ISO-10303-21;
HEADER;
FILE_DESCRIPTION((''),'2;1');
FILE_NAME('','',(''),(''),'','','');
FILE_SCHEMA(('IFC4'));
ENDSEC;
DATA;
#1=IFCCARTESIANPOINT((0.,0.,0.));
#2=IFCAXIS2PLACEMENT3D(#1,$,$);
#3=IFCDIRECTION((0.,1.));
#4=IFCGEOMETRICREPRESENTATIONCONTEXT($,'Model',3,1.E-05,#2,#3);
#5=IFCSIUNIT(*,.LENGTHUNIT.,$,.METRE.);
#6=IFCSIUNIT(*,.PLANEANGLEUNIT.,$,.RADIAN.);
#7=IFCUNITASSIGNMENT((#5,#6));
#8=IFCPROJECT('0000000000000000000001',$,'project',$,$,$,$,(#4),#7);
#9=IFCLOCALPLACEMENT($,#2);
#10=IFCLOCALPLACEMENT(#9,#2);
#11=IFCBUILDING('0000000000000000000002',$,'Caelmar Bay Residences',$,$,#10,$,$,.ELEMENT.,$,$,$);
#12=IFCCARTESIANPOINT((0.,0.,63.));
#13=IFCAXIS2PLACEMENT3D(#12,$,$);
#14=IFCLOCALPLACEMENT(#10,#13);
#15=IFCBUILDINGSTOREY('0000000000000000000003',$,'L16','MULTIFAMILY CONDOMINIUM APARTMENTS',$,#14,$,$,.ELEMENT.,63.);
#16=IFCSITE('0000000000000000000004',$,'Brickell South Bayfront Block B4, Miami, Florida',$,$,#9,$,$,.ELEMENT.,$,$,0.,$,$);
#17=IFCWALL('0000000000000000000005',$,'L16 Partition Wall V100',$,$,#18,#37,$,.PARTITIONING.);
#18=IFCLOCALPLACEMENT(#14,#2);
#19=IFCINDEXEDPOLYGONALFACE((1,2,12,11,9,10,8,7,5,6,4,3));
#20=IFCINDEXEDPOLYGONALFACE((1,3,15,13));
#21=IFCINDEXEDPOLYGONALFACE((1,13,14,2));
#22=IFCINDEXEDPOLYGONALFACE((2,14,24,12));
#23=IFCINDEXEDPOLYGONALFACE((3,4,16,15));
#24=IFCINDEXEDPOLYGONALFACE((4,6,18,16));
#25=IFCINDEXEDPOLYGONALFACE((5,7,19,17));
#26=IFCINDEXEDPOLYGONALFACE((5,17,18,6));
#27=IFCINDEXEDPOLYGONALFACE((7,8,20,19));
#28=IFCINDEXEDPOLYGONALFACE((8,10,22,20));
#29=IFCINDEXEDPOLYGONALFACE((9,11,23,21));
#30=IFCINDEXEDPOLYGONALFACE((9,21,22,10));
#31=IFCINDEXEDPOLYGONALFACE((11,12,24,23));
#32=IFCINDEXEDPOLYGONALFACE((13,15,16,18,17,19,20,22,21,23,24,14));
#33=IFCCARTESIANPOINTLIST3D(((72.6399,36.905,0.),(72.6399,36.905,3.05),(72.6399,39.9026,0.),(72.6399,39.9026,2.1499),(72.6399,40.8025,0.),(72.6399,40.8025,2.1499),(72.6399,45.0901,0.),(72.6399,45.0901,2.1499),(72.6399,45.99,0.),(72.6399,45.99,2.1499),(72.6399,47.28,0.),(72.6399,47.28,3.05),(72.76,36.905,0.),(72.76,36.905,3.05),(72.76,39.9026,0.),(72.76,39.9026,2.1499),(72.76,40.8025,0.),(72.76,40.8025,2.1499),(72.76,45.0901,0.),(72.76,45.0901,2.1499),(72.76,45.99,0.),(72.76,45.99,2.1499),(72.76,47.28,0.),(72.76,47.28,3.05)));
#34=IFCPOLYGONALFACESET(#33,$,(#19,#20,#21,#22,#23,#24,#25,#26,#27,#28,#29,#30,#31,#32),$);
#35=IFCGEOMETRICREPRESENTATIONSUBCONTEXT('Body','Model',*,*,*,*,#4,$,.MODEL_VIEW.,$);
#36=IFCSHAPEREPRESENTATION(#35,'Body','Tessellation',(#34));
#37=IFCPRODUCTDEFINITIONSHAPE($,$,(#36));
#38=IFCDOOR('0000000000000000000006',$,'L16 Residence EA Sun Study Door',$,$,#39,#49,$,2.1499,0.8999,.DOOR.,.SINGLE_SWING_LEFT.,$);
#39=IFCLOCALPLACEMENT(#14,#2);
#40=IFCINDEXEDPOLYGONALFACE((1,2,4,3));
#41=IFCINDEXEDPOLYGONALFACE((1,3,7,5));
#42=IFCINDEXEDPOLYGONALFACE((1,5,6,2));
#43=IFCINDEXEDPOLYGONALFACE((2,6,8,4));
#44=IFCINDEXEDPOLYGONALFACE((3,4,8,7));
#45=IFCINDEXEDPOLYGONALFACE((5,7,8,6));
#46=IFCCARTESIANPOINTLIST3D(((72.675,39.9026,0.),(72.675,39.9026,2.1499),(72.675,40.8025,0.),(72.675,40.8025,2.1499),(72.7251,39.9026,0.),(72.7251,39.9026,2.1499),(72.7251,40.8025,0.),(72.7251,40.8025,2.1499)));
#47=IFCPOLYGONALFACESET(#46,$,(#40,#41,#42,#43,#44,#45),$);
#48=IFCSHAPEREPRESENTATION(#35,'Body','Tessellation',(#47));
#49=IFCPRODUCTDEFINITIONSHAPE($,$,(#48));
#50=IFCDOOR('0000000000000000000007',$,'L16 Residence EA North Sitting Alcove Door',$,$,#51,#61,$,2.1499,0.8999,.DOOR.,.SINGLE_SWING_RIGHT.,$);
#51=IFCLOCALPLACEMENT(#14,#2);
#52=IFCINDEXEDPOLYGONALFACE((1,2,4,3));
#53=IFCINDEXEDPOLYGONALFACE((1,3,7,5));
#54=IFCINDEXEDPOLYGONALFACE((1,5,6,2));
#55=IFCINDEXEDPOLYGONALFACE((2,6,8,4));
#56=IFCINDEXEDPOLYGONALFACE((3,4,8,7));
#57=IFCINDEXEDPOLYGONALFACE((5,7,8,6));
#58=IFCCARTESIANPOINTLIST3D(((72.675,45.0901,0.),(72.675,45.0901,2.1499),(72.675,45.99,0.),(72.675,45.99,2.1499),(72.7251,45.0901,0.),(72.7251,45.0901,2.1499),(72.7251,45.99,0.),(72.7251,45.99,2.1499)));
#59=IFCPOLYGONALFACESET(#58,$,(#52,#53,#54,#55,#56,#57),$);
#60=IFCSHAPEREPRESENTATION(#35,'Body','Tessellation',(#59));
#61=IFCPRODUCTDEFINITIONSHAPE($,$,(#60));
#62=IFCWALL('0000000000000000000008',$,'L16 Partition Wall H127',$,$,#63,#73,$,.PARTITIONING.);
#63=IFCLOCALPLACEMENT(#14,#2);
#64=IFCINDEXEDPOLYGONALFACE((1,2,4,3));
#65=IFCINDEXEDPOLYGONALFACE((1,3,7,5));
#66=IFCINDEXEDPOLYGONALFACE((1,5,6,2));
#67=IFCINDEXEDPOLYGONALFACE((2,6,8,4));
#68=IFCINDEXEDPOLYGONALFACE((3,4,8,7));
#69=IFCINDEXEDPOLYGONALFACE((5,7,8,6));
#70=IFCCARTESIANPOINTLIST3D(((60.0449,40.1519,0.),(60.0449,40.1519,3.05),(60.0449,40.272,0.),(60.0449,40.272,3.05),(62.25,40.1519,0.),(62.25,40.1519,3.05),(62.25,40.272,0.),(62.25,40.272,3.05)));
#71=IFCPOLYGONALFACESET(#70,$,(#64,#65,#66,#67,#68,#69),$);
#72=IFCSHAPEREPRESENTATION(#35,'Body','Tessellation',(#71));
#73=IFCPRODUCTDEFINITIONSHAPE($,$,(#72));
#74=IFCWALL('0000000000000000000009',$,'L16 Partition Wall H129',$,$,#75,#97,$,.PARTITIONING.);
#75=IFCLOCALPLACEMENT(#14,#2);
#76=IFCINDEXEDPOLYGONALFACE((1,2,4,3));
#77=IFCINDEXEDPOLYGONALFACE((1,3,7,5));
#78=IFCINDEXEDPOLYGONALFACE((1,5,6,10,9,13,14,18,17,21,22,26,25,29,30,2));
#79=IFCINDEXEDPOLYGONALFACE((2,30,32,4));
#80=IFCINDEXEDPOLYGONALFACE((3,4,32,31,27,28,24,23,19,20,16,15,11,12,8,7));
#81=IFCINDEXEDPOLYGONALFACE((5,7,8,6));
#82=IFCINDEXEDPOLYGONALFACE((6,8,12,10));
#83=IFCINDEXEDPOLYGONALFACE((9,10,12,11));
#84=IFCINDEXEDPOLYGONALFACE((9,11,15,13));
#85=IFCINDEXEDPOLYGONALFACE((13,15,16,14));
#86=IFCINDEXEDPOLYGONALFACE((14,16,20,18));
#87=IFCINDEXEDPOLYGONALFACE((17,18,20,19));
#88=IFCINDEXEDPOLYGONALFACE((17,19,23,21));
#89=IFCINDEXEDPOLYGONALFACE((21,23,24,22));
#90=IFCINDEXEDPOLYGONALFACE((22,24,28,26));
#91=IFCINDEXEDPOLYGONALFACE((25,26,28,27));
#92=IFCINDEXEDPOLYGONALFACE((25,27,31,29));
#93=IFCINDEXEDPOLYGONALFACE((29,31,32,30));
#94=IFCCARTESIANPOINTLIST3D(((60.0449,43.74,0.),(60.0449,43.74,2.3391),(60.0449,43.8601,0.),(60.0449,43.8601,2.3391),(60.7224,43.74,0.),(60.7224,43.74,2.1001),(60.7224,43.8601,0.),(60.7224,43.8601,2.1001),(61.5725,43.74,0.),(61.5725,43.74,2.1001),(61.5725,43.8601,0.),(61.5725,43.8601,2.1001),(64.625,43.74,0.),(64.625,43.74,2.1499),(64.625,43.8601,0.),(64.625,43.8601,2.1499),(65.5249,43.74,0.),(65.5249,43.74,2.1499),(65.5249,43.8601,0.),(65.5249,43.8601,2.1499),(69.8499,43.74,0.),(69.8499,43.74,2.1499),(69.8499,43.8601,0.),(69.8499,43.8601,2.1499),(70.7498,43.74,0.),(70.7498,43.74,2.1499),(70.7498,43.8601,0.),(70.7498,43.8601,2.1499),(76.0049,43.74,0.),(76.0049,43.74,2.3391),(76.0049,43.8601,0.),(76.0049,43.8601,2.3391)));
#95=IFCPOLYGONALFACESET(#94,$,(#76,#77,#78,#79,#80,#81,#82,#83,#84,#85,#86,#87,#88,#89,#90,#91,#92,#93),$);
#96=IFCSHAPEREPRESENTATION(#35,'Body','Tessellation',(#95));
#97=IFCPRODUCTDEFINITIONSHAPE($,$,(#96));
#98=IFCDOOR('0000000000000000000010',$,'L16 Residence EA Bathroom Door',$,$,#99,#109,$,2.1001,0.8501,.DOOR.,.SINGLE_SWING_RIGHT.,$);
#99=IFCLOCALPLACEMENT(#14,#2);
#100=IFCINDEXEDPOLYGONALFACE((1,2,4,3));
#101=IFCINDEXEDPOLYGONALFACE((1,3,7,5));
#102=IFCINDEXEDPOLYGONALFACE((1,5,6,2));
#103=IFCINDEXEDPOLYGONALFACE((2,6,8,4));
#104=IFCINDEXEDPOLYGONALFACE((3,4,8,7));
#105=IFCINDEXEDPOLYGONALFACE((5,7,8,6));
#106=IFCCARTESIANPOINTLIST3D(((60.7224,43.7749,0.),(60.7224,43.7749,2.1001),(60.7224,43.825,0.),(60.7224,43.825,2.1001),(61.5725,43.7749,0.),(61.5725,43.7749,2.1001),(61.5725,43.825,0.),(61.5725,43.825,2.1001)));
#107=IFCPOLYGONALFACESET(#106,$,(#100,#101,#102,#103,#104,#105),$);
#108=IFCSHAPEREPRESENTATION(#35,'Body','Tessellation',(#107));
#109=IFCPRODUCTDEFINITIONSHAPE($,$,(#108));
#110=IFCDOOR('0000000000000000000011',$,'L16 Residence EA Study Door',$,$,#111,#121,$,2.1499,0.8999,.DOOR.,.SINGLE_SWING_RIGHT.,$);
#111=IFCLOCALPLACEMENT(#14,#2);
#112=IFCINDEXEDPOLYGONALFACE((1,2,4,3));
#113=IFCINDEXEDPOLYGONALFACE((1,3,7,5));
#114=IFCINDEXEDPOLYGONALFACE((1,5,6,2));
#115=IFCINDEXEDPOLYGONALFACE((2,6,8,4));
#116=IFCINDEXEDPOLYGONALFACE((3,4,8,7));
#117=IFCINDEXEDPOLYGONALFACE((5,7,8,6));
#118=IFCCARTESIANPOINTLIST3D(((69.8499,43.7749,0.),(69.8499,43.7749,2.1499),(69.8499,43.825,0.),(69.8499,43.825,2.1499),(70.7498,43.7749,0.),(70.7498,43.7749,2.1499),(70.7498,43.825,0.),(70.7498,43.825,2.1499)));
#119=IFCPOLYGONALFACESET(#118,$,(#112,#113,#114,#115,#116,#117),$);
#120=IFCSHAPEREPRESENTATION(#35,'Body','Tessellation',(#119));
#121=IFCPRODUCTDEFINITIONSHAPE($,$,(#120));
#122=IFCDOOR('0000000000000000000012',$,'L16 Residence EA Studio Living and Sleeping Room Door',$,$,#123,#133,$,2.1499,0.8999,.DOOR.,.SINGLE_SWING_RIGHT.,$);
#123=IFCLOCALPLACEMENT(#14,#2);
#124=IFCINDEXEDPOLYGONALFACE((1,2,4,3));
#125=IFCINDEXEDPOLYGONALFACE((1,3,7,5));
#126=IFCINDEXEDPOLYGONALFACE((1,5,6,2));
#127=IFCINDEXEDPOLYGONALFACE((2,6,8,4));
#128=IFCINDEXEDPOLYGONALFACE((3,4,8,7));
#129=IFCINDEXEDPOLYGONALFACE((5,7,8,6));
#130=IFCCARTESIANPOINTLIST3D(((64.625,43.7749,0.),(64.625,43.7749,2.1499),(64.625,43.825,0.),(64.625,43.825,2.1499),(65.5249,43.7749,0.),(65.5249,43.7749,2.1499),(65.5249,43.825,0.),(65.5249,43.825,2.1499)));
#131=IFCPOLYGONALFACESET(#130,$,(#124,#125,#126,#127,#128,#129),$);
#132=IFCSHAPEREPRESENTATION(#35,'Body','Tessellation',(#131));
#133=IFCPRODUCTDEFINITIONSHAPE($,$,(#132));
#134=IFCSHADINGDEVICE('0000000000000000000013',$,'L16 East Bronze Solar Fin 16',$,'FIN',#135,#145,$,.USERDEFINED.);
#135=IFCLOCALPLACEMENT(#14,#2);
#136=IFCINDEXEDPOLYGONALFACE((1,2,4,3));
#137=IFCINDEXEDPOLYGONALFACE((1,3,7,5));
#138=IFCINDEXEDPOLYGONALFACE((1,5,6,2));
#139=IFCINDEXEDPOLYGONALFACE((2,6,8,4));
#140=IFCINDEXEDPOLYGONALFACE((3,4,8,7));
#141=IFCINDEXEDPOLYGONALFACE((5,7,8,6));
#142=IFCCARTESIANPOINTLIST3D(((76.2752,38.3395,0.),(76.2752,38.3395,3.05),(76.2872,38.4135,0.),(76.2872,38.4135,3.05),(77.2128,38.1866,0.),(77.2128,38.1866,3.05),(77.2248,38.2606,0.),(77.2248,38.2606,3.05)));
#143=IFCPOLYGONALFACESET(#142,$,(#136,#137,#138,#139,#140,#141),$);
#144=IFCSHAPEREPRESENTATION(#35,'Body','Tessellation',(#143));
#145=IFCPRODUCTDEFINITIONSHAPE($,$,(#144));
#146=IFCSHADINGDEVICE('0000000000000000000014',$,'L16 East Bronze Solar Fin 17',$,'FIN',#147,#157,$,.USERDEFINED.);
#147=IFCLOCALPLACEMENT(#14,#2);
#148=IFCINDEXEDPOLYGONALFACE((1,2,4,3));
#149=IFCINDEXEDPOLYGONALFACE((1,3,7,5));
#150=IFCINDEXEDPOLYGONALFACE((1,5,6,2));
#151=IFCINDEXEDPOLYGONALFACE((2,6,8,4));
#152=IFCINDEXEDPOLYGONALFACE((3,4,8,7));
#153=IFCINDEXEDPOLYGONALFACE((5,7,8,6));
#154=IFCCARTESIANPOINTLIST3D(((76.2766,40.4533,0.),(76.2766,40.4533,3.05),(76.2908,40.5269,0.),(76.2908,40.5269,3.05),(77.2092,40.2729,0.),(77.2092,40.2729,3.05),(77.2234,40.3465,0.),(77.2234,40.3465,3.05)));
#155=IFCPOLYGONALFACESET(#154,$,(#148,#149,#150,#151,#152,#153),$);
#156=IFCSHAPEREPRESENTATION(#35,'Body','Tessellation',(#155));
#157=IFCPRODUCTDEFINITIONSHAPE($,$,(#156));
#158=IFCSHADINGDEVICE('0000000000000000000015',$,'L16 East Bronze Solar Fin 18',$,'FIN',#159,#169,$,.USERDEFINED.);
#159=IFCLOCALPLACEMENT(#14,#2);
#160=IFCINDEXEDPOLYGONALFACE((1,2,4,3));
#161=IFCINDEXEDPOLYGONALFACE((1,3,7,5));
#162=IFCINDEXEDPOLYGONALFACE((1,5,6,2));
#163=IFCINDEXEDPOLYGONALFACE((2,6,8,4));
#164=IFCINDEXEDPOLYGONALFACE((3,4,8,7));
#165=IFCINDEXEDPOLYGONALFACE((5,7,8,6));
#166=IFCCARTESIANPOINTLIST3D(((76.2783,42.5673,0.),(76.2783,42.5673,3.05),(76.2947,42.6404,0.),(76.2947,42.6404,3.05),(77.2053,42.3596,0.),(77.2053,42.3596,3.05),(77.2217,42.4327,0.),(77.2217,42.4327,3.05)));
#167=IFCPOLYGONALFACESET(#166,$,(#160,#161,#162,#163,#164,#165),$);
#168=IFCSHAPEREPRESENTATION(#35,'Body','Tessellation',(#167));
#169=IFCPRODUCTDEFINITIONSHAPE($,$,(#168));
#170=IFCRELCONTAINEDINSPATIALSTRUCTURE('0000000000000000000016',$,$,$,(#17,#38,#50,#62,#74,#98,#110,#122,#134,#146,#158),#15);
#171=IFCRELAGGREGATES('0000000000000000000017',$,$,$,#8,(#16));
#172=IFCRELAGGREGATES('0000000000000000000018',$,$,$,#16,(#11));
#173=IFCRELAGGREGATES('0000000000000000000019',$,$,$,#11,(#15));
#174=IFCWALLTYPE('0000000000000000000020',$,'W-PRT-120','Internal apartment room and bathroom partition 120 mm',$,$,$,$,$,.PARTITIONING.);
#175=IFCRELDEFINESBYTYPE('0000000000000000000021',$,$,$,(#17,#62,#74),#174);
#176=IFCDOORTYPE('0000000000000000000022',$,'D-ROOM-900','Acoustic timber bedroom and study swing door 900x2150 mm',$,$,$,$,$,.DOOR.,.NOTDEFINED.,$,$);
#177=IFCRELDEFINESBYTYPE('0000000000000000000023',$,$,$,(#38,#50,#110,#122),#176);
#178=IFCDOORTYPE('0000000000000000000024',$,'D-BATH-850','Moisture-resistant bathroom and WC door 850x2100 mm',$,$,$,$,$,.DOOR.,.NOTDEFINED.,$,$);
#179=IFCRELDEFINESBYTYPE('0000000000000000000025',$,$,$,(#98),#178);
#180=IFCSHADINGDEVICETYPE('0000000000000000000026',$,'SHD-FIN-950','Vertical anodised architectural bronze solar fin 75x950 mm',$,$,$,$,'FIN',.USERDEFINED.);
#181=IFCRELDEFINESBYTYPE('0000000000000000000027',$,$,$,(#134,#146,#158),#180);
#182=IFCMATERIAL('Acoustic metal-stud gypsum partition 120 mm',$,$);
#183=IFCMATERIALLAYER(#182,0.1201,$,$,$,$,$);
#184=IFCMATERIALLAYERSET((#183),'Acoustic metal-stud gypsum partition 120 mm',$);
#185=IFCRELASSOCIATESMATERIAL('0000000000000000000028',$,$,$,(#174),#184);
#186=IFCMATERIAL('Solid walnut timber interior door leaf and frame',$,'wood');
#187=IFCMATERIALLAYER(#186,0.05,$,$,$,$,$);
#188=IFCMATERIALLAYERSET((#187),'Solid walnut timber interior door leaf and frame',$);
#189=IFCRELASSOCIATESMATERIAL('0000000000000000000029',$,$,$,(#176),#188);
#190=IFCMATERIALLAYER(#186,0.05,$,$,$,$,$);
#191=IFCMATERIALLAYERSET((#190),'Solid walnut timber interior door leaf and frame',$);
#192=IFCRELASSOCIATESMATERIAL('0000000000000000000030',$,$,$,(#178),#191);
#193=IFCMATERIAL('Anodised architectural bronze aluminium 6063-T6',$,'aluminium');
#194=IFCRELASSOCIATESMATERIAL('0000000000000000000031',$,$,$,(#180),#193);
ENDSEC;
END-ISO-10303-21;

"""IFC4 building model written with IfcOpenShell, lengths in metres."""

from ifc_helpers import new_model, si_unit, direction, frame, frame_2d, origin, origin_2d, place, context, subcontext, project, spatial, rectangle, extrude, material, layer, layer_set, material_profile, profile_set, type_object, element, fill, save


model = new_model("IFC4")

# Units and contexts
model_context = context("Model", 3, precision=1e-05, world=origin(), true_north=direction((0.0, 1.0)))
body_context = subcontext(model_context, "Body", "Model", "MODEL_VIEW")
ifc_project = project(units=[si_unit("LENGTHUNIT", "METRE"), si_unit("PLANEANGLEUNIT", "RADIAN")], contexts=[model_context])

# Site, building, storey
site_placement = place(None, origin())
site = spatial("IfcSite", under=ifc_project, at=site_placement, Name="Brickell South Bayfront Block B4, Miami, Florida", CompositionType="ELEMENT", RefElevation=0.0)
building_placement = place(site_placement, origin())
building = spatial("IfcBuilding", under=site, at=building_placement, Name="Caelmar Bay Residences", CompositionType="ELEMENT")
storey_placement = place(building_placement, frame((0.0, 0.0, 63.0)))
storey = spatial("IfcBuildingStorey", under=building, at=storey_placement, Name="L16", Description="MULTIFAMILY CONDOMINIUM APARTMENTS", CompositionType="ELEMENT", Elevation=63.0)

# Wall, openings, doors
ifc_material_1 = material(Name="Acoustic metal-stud gypsum partition 120 mm")
ifc_layer_1 = layer(ifc_material_1, 0.1201)
ifc_layer_set_1 = layer_set([ifc_layer_1], Name="Acoustic metal-stud gypsum partition 120 mm")
wall_type_1 = type_object("IfcWallType", Name="W-PRT-120", Description="Internal apartment room and bathroom partition 120 mm", PredefinedType="PARTITIONING", material=ifc_layer_set_1)
wall_1_placement = place(storey_placement, frame((72.7, 36.905, 0.0), z_axis=(0.0, 0.0, 1.0), x_axis=(0.0, 1.0, 0.0)))
wall_1 = element("IfcWall", 1, at=wall_1_placement, inside=storey, type_object=wall_type_1, Name="L16 Partition Wall V100", PredefinedType="PARTITIONING", context=body_context, shape_type="SweptSolid", body=[
    extrude(rectangle(XDim=10.375, YDim=0.1201, at=frame_2d((5.1875, 0.0))), origin(), (0.0, 0.0, 1.0), 3.05),
])
opening_1_placement = place(wall_1_placement, frame((2.9976, 0.0, 0.0)))
opening_1 = element("IfcOpeningElement", 2, at=opening_1_placement, cuts=wall_1, PredefinedType="OPENING", context=body_context, shape_type="SweptSolid", body=[
    extrude(rectangle(XDim=0.8999, YDim=2.1499, at=frame_2d((0.45, 1.075))), frame((0.0, 0.0701, 0.0), z_axis=(0.0, -1.0, 0.0), x_axis=(1.0, 0.0, 0.0)), (0.0, 0.0, 1.0), 0.1401),
])
opening_2_placement = place(wall_1_placement, frame((8.1851, 0.0, 0.0)))
opening_2 = element("IfcOpeningElement", 3, at=opening_2_placement, cuts=wall_1, PredefinedType="OPENING", context=body_context, shape_type="SweptSolid", body=[
    extrude(rectangle(XDim=0.8999, YDim=2.1499, at=frame_2d((0.45, 1.075))), frame((0.0, 0.0701, 0.0), z_axis=(0.0, -1.0, 0.0), x_axis=(1.0, 0.0, 0.0)), (0.0, 0.0, 1.0), 0.1401),
])
ifc_material_2 = material(Name="Solid walnut timber interior door leaf and frame", Category="wood")
ifc_layer_2 = layer(ifc_material_2, 0.05)
ifc_layer_set_2 = layer_set([ifc_layer_2], Name="Solid walnut timber interior door leaf and frame")
door_type_1 = type_object("IfcDoorType", Name="D-ROOM-900", Description="Acoustic timber bedroom and study swing door 900x2150 mm", OperationType="NOTDEFINED", PredefinedType="DOOR", material=ifc_layer_set_2)
door_1_placement = place(opening_1_placement, origin())
door_1 = element("IfcDoor", 4, at=door_1_placement, inside=storey, type_object=door_type_1, Name="L16 Residence EA Sun Study Door", OperationType="SINGLE_SWING_LEFT", OverallHeight=2.1499, OverallWidth=0.8999, PredefinedType="DOOR", context=body_context, shape_type="SweptSolid", body=[
    extrude(rectangle(XDim=0.8999, YDim=2.1499, at=frame_2d((0.45, 1.075))), frame((0.0, 0.0249, 0.0), z_axis=(0.0, -1.0, 0.0), x_axis=(1.0, 0.0, 0.0)), (0.0, 0.0, 1.0), 0.05),
])
fill(opening_1, door_1)
door_2_placement = place(opening_2_placement, origin())
door_2 = element("IfcDoor", 5, at=door_2_placement, inside=storey, type_object=door_type_1, Name="L16 Residence EA North Sitting Alcove Door", OperationType="SINGLE_SWING_RIGHT", OverallHeight=2.1499, OverallWidth=0.8999, PredefinedType="DOOR", context=body_context, shape_type="SweptSolid", body=[
    extrude(rectangle(XDim=0.8999, YDim=2.1499, at=frame_2d((0.45, 1.075))), frame((0.0, 0.0249, 0.0), z_axis=(0.0, -1.0, 0.0), x_axis=(1.0, 0.0, 0.0)), (0.0, 0.0, 1.0), 0.05),
])
fill(opening_2, door_2)

# Wall
wall_2_placement = place(storey_placement, frame((60.0449, 40.2119, 0.0), z_axis=(0.0, 0.0, 1.0), x_axis=(1.0, 0.0, 0.0)))
element("IfcWall", 6, at=wall_2_placement, inside=storey, type_object=wall_type_1, Name="L16 Partition Wall H127", PredefinedType="PARTITIONING", context=body_context, shape_type="SweptSolid", body=[
    extrude(rectangle(XDim=2.2051, YDim=0.1201, at=frame_2d((1.1025, 0.0))), origin(), (0.0, 0.0, 1.0), 3.05),
])

# Wall, openings, doors
wall_3_placement = place(storey_placement, frame((60.0449, 43.8, 0.0), z_axis=(0.0, 0.0, 1.0), x_axis=(1.0, 0.0, 0.0)))
wall_3 = element("IfcWall", 7, at=wall_3_placement, inside=storey, type_object=wall_type_1, Name="L16 Partition Wall H129", PredefinedType="PARTITIONING", context=body_context, shape_type="SweptSolid", body=[
    extrude(rectangle(XDim=15.96, YDim=0.1201, at=frame_2d((7.98, 0.0))), origin(), (0.0, 0.0, 1.0), 2.3391),
])
opening_3_placement = place(wall_3_placement, frame((9.8049, 0.0, 0.0)))
opening_3 = element("IfcOpeningElement", 8, at=opening_3_placement, cuts=wall_3, PredefinedType="OPENING", context=body_context, shape_type="SweptSolid", body=[
    extrude(rectangle(XDim=0.8999, YDim=2.1499, at=frame_2d((0.45, 1.075))), frame((0.0, 0.0701, 0.0), z_axis=(0.0, -1.0, 0.0), x_axis=(1.0, 0.0, 0.0)), (0.0, 0.0, 1.0), 0.1401),
])
opening_4_placement = place(wall_3_placement, frame((4.5801, 0.0, 0.0)))
opening_4 = element("IfcOpeningElement", 9, at=opening_4_placement, cuts=wall_3, PredefinedType="OPENING", context=body_context, shape_type="SweptSolid", body=[
    extrude(rectangle(XDim=0.8999, YDim=2.1499, at=frame_2d((0.45, 1.075))), frame((0.0, 0.0701, 0.0), z_axis=(0.0, -1.0, 0.0), x_axis=(1.0, 0.0, 0.0)), (0.0, 0.0, 1.0), 0.1401),
])
opening_5_placement = place(wall_3_placement, frame((0.6775, 0.0, 0.0)))
opening_5 = element("IfcOpeningElement", 10, at=opening_5_placement, cuts=wall_3, PredefinedType="OPENING", context=body_context, shape_type="SweptSolid", body=[
    extrude(rectangle(XDim=0.8501, YDim=2.1001, at=frame_2d((0.425, 1.05))), frame((0.0, 0.0701, 0.0), z_axis=(0.0, -1.0, 0.0), x_axis=(1.0, 0.0, 0.0)), (0.0, 0.0, 1.0), 0.1401),
])
ifc_layer_3 = layer(ifc_material_2, 0.05)
ifc_layer_set_3 = layer_set([ifc_layer_3], Name="Solid walnut timber interior door leaf and frame")
door_type_2 = type_object("IfcDoorType", Name="D-BATH-850", Description="Moisture-resistant bathroom and WC door 850x2100 mm", OperationType="NOTDEFINED", PredefinedType="DOOR", material=ifc_layer_set_3)
door_3_placement = place(opening_5_placement, origin())
door_3 = element("IfcDoor", 11, at=door_3_placement, inside=storey, type_object=door_type_2, Name="L16 Residence EA Bathroom Door", OperationType="SINGLE_SWING_RIGHT", OverallHeight=2.1001, OverallWidth=0.8501, PredefinedType="DOOR", context=body_context, shape_type="SweptSolid", body=[
    extrude(rectangle(XDim=0.8501, YDim=2.1001, at=frame_2d((0.425, 1.05))), frame((0.0, 0.0249, 0.0), z_axis=(0.0, -1.0, 0.0), x_axis=(1.0, 0.0, 0.0)), (0.0, 0.0, 1.0), 0.05),
])
fill(opening_5, door_3)
door_4_placement = place(opening_3_placement, origin())
door_4 = element("IfcDoor", 12, at=door_4_placement, inside=storey, type_object=door_type_1, Name="L16 Residence EA Study Door", OperationType="SINGLE_SWING_RIGHT", OverallHeight=2.1499, OverallWidth=0.8999, PredefinedType="DOOR", context=body_context, shape_type="SweptSolid", body=[
    extrude(rectangle(XDim=0.8999, YDim=2.1499, at=frame_2d((0.45, 1.075))), frame((0.0, 0.0249, 0.0), z_axis=(0.0, -1.0, 0.0), x_axis=(1.0, 0.0, 0.0)), (0.0, 0.0, 1.0), 0.05),
])
fill(opening_3, door_4)
door_5_placement = place(opening_4_placement, origin())
door_5 = element("IfcDoor", 13, at=door_5_placement, inside=storey, type_object=door_type_1, Name="L16 Residence EA Studio Living and Sleeping Room Door", OperationType="SINGLE_SWING_RIGHT", OverallHeight=2.1499, OverallWidth=0.8999, PredefinedType="DOOR", context=body_context, shape_type="SweptSolid", body=[
    extrude(rectangle(XDim=0.8999, YDim=2.1499, at=frame_2d((0.45, 1.075))), frame((0.0, 0.0249, 0.0), z_axis=(0.0, -1.0, 0.0), x_axis=(1.0, 0.0, 0.0)), (0.0, 0.0, 1.0), 0.05),
])
fill(opening_4, door_5)

# Shading devices
ifc_material_3 = material(Name="Anodised architectural bronze aluminium 6063-T6", Category="aluminium")
ifc_material_profile_1 = material_profile(ifc_material_3, rectangle(XDim=0.075, YDim=0.95, at=origin_2d()), Name="BRONZE-FIN-75X950")
ifc_profile_set_1 = profile_set([ifc_material_profile_1], Name="Anodised architectural bronze aluminium 6063-T6")
shading_device_type = type_object("IfcShadingDeviceType", Name="SHD-FIN-950", Description="Vertical anodised architectural bronze solar fin 75x950 mm", ElementType="FIN", PredefinedType="USERDEFINED", material=ifc_profile_set_1)
for number, where, z_axis, x_axis, name in (
    (14, (76.75, 38.3, 0.0), (0.0, 0.0, 1.0), (0.160915, 0.986968, 0.0), "L16 East Bronze Solar Fin 16"),
    (15, (76.75, 40.3999, 0.0), (0.0, 0.0, 1.0), (0.189952, 0.981793, 0.0), "L16 East Bronze Solar Fin 17"),
    (16, (76.75, 42.5, 0.0), (0.0, 0.0, 1.0), (0.218654, 0.975802, 0.0), "L16 East Bronze Solar Fin 18"),
):
    element("IfcShadingDevice", number, at=place(storey_placement, frame(where, z_axis=z_axis, x_axis=x_axis)), inside=storey, type_object=shading_device_type, Name=name, ObjectType="FIN", PredefinedType="USERDEFINED", context=body_context, shape_type="SweptSolid", body=[
        extrude(rectangle(XDim=0.075, YDim=0.95, at=origin_2d()), origin(), (0.0, 0.0, 1.0), 3.05),
    ])

save(model, "model.ifc")
